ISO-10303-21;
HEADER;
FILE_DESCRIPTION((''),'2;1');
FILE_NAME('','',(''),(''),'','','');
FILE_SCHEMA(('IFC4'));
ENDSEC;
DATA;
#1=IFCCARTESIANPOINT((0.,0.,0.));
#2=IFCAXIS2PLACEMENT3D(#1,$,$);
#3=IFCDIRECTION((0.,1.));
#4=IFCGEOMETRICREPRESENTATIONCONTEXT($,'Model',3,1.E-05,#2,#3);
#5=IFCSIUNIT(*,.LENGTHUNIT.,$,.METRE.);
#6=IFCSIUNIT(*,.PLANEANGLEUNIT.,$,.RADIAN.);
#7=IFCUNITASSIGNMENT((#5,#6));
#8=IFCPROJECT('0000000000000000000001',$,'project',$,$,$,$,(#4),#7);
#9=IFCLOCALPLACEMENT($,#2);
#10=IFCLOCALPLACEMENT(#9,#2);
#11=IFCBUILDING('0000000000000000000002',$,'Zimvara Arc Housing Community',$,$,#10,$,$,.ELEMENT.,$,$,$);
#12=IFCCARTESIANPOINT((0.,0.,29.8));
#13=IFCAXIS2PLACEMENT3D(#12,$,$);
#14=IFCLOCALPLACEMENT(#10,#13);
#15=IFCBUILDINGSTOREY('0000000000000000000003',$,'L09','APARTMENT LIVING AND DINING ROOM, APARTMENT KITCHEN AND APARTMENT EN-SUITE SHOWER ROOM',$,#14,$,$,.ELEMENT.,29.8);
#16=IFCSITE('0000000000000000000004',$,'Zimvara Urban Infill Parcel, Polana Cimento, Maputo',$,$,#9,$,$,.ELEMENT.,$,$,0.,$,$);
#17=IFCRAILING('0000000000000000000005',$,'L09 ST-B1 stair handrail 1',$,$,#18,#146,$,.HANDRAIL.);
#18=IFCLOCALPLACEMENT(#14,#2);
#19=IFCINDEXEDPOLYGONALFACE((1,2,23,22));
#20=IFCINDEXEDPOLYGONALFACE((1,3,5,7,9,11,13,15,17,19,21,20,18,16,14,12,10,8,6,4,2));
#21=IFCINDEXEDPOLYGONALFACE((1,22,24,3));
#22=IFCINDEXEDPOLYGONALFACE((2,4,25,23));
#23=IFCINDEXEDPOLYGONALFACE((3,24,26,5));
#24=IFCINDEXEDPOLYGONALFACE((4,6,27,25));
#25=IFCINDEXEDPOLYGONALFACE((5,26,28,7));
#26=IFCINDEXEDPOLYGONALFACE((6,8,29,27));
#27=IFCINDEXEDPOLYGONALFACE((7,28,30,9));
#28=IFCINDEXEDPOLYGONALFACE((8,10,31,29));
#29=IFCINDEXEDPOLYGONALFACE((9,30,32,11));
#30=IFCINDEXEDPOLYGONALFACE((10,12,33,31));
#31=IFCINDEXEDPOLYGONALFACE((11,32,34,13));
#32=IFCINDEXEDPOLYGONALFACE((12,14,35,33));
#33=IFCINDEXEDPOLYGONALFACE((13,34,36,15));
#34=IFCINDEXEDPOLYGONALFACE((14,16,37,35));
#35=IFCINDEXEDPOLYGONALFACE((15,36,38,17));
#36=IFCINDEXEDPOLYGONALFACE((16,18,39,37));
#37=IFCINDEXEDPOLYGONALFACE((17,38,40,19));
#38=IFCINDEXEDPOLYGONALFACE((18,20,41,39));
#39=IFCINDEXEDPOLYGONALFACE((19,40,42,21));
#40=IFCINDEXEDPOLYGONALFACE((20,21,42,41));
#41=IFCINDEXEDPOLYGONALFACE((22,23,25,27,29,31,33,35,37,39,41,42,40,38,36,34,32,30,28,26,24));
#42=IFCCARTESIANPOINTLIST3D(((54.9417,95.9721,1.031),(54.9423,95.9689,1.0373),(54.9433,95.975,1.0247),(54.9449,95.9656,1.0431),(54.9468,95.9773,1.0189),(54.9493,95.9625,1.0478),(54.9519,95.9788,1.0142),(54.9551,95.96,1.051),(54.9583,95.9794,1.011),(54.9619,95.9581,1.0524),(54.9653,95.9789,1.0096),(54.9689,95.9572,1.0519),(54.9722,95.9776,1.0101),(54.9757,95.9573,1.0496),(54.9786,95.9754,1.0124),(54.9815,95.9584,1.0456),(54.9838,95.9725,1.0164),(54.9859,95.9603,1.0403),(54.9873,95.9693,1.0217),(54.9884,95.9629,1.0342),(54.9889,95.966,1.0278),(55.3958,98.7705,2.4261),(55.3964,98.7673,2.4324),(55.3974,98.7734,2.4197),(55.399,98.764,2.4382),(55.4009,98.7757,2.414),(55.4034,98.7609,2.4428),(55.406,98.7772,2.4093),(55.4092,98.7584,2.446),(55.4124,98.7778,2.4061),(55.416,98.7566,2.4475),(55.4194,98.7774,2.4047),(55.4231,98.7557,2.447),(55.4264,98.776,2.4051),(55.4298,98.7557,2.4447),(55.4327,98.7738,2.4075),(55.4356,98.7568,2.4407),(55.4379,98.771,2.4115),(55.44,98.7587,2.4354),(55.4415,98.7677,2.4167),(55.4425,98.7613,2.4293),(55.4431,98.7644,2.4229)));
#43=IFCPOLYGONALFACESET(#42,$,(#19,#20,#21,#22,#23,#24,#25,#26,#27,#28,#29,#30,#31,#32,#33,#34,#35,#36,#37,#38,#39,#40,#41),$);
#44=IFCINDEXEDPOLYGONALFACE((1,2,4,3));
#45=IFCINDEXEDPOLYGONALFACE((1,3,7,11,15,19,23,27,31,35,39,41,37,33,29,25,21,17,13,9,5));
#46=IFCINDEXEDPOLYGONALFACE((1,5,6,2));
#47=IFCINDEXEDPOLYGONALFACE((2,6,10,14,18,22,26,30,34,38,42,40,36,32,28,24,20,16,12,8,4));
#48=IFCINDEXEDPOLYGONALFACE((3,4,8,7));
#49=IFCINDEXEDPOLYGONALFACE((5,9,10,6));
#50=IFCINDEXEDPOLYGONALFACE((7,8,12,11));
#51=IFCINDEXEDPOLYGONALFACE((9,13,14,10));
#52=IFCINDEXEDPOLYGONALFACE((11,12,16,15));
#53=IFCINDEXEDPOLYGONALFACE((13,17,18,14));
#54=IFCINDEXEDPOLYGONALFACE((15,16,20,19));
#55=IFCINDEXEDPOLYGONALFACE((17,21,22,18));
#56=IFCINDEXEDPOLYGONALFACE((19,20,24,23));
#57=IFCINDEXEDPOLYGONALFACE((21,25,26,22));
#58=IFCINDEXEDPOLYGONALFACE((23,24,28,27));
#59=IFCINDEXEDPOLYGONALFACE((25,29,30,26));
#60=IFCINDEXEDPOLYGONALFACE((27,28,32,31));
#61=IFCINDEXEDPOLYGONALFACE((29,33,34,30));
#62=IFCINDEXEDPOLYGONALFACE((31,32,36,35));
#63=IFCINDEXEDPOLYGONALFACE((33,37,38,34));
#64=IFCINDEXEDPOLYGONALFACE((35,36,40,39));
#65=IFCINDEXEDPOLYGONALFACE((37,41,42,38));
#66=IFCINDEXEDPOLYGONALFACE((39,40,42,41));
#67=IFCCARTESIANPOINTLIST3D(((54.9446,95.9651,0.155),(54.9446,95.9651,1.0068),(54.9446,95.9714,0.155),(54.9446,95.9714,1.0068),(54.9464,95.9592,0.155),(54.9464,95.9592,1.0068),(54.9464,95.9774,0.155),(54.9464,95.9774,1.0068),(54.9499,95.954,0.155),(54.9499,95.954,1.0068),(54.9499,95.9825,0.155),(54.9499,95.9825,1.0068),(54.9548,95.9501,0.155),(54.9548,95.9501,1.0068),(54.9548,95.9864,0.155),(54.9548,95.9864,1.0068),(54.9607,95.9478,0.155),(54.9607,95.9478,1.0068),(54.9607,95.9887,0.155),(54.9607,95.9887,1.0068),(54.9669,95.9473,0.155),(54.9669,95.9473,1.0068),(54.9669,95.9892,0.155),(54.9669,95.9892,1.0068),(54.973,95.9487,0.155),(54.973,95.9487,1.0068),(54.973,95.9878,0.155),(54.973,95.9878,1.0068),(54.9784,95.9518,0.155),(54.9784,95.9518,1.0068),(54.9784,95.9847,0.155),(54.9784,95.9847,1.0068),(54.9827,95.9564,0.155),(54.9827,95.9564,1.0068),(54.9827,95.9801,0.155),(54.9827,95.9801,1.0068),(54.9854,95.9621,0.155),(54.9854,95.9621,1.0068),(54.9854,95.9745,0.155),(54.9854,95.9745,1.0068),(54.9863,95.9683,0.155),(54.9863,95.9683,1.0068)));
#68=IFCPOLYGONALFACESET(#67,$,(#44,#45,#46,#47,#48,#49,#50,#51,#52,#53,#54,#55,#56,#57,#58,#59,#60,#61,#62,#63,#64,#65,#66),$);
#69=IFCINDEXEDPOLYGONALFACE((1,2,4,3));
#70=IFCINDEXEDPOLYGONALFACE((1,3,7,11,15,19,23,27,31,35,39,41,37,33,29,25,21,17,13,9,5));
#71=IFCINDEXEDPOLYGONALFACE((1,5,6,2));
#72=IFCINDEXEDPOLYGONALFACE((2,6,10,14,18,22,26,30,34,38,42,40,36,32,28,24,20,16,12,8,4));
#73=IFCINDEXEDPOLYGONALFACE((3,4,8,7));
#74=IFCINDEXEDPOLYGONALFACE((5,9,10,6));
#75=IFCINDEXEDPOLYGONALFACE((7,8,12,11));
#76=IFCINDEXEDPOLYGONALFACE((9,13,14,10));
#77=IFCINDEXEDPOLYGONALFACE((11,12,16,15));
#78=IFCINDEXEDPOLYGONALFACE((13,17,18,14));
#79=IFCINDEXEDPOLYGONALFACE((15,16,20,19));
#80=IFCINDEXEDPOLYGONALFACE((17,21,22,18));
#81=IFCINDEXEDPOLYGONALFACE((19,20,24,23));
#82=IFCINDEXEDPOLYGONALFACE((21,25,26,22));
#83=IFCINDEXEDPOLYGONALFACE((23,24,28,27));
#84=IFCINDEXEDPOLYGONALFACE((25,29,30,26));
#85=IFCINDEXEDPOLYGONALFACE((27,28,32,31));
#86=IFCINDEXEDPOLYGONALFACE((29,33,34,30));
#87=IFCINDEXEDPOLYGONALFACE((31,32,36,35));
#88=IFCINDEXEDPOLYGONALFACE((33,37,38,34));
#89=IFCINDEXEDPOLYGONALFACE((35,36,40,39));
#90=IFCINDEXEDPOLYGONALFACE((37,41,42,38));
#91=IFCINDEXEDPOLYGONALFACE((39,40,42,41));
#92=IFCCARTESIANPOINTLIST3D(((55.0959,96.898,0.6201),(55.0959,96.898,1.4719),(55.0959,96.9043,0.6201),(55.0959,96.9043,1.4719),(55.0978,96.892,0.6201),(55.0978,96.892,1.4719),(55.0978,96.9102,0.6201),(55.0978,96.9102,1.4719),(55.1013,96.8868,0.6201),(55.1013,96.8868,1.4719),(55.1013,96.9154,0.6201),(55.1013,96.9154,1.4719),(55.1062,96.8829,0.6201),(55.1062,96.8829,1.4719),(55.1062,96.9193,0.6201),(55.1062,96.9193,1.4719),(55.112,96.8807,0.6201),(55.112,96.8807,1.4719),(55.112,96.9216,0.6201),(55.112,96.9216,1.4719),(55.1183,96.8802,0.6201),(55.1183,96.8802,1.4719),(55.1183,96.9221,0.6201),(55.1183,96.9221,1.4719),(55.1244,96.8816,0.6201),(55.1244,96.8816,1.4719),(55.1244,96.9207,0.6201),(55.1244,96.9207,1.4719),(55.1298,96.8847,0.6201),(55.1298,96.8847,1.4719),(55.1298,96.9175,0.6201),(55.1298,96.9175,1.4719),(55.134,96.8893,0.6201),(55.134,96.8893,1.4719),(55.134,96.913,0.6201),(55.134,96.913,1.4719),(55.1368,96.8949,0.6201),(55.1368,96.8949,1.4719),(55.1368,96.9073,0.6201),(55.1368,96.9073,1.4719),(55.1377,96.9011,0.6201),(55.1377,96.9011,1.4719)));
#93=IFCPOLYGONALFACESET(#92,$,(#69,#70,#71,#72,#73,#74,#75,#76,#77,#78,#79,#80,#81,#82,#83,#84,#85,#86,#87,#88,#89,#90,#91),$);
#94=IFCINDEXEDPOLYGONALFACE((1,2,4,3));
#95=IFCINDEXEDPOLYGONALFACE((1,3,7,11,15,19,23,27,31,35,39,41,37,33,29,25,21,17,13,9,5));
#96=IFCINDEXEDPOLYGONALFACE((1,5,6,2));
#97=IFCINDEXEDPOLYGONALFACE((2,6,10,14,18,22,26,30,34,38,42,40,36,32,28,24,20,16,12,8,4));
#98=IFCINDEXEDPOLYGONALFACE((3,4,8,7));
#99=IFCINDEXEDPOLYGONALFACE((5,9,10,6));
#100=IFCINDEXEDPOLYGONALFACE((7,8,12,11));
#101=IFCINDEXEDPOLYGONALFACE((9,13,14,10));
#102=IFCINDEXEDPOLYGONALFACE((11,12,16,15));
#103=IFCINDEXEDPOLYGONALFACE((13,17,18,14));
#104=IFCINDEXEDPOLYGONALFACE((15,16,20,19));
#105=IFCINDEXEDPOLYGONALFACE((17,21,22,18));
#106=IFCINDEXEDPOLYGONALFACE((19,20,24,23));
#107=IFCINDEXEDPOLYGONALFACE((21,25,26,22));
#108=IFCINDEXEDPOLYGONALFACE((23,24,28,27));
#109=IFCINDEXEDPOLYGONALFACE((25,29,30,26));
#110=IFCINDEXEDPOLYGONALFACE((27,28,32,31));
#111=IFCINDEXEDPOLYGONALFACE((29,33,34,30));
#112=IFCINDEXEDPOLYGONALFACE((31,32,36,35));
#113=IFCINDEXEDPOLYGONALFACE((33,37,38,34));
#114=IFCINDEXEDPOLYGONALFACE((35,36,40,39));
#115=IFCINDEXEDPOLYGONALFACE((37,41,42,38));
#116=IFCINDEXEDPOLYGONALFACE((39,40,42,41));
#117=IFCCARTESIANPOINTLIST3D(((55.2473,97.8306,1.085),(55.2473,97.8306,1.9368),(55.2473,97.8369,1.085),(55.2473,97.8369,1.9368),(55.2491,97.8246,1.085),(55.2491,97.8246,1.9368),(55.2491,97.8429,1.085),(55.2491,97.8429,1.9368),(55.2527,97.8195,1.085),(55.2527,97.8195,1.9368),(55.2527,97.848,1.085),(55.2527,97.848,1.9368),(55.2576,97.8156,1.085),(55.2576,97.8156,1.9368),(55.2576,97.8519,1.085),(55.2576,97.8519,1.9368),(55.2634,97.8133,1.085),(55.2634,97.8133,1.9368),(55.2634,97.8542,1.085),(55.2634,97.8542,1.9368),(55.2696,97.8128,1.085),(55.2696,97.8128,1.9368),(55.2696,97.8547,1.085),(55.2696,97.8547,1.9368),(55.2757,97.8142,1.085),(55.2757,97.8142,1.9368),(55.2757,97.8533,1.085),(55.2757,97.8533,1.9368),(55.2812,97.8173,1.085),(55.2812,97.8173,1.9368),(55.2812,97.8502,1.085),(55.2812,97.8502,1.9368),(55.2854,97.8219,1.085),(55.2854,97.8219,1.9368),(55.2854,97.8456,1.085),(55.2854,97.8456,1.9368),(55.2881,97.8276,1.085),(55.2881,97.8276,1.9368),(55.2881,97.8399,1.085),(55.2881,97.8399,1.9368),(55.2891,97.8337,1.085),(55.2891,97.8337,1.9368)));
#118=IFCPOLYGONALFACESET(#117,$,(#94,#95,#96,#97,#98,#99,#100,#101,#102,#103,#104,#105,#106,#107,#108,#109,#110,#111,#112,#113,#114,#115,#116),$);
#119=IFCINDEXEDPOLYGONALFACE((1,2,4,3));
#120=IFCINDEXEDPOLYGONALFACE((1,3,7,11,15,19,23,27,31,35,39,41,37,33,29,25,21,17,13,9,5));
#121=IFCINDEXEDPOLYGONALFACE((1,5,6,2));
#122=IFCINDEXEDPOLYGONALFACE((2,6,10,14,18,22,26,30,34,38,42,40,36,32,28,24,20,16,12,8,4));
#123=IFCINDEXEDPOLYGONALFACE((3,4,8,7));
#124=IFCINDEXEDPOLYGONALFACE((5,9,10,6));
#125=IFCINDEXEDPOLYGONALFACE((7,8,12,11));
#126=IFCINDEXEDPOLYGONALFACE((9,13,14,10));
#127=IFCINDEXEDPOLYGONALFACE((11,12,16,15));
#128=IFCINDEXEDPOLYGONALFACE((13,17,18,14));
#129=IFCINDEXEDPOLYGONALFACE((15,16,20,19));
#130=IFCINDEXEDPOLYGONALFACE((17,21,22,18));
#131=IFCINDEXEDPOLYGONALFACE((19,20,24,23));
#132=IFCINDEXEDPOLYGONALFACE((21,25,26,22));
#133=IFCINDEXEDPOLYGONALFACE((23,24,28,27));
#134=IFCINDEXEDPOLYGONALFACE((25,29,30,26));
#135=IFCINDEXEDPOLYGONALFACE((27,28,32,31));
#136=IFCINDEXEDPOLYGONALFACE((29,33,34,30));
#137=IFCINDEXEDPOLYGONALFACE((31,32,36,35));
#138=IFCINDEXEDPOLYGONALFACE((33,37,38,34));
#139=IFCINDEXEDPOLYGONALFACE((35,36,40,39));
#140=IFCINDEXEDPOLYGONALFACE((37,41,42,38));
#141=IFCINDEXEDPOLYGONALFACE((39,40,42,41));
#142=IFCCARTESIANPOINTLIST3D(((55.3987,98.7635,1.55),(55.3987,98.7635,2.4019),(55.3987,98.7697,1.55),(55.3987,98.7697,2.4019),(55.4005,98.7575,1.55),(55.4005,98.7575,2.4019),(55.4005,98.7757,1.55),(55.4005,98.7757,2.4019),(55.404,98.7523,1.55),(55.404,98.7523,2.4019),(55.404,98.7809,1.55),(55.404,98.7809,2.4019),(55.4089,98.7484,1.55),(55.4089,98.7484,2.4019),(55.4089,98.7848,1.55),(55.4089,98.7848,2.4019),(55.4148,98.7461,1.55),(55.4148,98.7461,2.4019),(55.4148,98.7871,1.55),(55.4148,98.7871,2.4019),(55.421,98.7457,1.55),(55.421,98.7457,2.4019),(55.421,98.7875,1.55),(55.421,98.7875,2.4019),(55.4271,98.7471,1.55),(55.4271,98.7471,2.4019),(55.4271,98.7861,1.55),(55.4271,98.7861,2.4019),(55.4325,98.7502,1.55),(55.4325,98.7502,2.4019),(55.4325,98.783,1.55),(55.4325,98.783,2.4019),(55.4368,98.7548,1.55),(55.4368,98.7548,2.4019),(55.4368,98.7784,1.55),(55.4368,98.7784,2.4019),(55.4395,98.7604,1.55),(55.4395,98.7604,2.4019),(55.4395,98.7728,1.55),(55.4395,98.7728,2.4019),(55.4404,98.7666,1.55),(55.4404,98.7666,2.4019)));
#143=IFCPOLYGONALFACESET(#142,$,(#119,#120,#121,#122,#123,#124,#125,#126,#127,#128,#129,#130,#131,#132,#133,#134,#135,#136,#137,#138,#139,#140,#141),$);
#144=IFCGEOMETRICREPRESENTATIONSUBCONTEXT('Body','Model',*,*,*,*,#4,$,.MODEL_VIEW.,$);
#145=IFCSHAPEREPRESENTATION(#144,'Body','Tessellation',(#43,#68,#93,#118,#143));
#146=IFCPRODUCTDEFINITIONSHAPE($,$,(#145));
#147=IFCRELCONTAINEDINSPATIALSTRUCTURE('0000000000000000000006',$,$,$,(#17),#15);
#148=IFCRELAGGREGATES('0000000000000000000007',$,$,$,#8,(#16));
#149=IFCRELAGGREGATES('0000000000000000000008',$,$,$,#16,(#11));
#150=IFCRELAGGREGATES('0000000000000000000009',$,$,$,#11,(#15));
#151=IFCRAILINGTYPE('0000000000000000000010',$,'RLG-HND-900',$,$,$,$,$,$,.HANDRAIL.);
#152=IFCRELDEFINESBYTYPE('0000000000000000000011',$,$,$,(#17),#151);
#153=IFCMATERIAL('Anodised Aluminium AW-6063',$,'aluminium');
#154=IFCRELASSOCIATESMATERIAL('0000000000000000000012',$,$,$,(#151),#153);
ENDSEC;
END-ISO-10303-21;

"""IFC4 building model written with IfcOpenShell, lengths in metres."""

from ifc_helpers import new_model, si_unit, direction, frame, origin, origin_2d, place, context, subcontext, project, spatial, circle, extrude, material, type_object, element, save


model = new_model("IFC4")

# Units and contexts
model_context = context("Model", 3, precision=1e-05, world=origin(), true_north=direction((0.0, 1.0)))
body_context = subcontext(model_context, "Body", "Model", "MODEL_VIEW")
ifc_project = project(units=[si_unit("LENGTHUNIT", "METRE"), si_unit("PLANEANGLEUNIT", "RADIAN")], contexts=[model_context])

# Site, building, storey
site_placement = place(None, origin())
site = spatial("IfcSite", under=ifc_project, at=site_placement, Name="Zimvara Urban Infill Parcel, Polana Cimento, Maputo", CompositionType="ELEMENT", RefElevation=0.0)
building_placement = place(site_placement, origin())
building = spatial("IfcBuilding", under=site, at=building_placement, Name="Zimvara Arc Housing Community", CompositionType="ELEMENT")
storey_placement = place(building_placement, frame((0.0, 0.0, 29.8)))
storey = spatial("IfcBuildingStorey", under=building, at=storey_placement, Name="L09", Description="APARTMENT LIVING AND DINING ROOM, APARTMENT KITCHEN AND APARTMENT EN-SUITE SHOWER ROOM", CompositionType="ELEMENT", Elevation=29.8)

# Railing
ifc_material_1 = material(Name="Anodised Aluminium AW-6063", Category="aluminium")
railing_type_1 = type_object("IfcRailingType", Name="RLG-HND-900", PredefinedType="HANDRAIL", material=ifc_material_1)
railing_1_placement = place(storey_placement, frame((54.9653, 95.9683, 0.155)))
element("IfcRailing", 1, at=railing_1_placement, inside=storey, type_object=railing_type_1, Name="L09 ST-B1 stair handrail 1", PredefinedType="HANDRAIL", context=body_context, shape_type="SweptSolid", body=[
    extrude(circle(Radius=0.0239, at=origin_2d()), frame((0.0, 0.0, 0.876), z_axis=(0.143722, 0.885666, 0.44152), x_axis=(-0.987088, 0.16018, 0.0)), (0.0, 0.0, 1.0), 3.1597),
    extrude(circle(Radius=0.021, at=origin_2d()), origin(), (0.0, 0.0, 1.0), 0.8518),
    extrude(circle(Radius=0.021, at=origin_2d()), frame((0.1514, 0.9329, 0.4651)), (0.0, 0.0, 1.0), 0.8518),
    extrude(circle(Radius=0.021, at=origin_2d()), frame((0.3027, 1.8655, 0.9299)), (0.0, 0.0, 1.0), 0.8518),
    extrude(circle(Radius=0.021, at=origin_2d()), frame((0.4541, 2.7983, 1.395)), (0.0, 0.0, 1.0), 0.8518),
])

save(model, "model.ifc")
